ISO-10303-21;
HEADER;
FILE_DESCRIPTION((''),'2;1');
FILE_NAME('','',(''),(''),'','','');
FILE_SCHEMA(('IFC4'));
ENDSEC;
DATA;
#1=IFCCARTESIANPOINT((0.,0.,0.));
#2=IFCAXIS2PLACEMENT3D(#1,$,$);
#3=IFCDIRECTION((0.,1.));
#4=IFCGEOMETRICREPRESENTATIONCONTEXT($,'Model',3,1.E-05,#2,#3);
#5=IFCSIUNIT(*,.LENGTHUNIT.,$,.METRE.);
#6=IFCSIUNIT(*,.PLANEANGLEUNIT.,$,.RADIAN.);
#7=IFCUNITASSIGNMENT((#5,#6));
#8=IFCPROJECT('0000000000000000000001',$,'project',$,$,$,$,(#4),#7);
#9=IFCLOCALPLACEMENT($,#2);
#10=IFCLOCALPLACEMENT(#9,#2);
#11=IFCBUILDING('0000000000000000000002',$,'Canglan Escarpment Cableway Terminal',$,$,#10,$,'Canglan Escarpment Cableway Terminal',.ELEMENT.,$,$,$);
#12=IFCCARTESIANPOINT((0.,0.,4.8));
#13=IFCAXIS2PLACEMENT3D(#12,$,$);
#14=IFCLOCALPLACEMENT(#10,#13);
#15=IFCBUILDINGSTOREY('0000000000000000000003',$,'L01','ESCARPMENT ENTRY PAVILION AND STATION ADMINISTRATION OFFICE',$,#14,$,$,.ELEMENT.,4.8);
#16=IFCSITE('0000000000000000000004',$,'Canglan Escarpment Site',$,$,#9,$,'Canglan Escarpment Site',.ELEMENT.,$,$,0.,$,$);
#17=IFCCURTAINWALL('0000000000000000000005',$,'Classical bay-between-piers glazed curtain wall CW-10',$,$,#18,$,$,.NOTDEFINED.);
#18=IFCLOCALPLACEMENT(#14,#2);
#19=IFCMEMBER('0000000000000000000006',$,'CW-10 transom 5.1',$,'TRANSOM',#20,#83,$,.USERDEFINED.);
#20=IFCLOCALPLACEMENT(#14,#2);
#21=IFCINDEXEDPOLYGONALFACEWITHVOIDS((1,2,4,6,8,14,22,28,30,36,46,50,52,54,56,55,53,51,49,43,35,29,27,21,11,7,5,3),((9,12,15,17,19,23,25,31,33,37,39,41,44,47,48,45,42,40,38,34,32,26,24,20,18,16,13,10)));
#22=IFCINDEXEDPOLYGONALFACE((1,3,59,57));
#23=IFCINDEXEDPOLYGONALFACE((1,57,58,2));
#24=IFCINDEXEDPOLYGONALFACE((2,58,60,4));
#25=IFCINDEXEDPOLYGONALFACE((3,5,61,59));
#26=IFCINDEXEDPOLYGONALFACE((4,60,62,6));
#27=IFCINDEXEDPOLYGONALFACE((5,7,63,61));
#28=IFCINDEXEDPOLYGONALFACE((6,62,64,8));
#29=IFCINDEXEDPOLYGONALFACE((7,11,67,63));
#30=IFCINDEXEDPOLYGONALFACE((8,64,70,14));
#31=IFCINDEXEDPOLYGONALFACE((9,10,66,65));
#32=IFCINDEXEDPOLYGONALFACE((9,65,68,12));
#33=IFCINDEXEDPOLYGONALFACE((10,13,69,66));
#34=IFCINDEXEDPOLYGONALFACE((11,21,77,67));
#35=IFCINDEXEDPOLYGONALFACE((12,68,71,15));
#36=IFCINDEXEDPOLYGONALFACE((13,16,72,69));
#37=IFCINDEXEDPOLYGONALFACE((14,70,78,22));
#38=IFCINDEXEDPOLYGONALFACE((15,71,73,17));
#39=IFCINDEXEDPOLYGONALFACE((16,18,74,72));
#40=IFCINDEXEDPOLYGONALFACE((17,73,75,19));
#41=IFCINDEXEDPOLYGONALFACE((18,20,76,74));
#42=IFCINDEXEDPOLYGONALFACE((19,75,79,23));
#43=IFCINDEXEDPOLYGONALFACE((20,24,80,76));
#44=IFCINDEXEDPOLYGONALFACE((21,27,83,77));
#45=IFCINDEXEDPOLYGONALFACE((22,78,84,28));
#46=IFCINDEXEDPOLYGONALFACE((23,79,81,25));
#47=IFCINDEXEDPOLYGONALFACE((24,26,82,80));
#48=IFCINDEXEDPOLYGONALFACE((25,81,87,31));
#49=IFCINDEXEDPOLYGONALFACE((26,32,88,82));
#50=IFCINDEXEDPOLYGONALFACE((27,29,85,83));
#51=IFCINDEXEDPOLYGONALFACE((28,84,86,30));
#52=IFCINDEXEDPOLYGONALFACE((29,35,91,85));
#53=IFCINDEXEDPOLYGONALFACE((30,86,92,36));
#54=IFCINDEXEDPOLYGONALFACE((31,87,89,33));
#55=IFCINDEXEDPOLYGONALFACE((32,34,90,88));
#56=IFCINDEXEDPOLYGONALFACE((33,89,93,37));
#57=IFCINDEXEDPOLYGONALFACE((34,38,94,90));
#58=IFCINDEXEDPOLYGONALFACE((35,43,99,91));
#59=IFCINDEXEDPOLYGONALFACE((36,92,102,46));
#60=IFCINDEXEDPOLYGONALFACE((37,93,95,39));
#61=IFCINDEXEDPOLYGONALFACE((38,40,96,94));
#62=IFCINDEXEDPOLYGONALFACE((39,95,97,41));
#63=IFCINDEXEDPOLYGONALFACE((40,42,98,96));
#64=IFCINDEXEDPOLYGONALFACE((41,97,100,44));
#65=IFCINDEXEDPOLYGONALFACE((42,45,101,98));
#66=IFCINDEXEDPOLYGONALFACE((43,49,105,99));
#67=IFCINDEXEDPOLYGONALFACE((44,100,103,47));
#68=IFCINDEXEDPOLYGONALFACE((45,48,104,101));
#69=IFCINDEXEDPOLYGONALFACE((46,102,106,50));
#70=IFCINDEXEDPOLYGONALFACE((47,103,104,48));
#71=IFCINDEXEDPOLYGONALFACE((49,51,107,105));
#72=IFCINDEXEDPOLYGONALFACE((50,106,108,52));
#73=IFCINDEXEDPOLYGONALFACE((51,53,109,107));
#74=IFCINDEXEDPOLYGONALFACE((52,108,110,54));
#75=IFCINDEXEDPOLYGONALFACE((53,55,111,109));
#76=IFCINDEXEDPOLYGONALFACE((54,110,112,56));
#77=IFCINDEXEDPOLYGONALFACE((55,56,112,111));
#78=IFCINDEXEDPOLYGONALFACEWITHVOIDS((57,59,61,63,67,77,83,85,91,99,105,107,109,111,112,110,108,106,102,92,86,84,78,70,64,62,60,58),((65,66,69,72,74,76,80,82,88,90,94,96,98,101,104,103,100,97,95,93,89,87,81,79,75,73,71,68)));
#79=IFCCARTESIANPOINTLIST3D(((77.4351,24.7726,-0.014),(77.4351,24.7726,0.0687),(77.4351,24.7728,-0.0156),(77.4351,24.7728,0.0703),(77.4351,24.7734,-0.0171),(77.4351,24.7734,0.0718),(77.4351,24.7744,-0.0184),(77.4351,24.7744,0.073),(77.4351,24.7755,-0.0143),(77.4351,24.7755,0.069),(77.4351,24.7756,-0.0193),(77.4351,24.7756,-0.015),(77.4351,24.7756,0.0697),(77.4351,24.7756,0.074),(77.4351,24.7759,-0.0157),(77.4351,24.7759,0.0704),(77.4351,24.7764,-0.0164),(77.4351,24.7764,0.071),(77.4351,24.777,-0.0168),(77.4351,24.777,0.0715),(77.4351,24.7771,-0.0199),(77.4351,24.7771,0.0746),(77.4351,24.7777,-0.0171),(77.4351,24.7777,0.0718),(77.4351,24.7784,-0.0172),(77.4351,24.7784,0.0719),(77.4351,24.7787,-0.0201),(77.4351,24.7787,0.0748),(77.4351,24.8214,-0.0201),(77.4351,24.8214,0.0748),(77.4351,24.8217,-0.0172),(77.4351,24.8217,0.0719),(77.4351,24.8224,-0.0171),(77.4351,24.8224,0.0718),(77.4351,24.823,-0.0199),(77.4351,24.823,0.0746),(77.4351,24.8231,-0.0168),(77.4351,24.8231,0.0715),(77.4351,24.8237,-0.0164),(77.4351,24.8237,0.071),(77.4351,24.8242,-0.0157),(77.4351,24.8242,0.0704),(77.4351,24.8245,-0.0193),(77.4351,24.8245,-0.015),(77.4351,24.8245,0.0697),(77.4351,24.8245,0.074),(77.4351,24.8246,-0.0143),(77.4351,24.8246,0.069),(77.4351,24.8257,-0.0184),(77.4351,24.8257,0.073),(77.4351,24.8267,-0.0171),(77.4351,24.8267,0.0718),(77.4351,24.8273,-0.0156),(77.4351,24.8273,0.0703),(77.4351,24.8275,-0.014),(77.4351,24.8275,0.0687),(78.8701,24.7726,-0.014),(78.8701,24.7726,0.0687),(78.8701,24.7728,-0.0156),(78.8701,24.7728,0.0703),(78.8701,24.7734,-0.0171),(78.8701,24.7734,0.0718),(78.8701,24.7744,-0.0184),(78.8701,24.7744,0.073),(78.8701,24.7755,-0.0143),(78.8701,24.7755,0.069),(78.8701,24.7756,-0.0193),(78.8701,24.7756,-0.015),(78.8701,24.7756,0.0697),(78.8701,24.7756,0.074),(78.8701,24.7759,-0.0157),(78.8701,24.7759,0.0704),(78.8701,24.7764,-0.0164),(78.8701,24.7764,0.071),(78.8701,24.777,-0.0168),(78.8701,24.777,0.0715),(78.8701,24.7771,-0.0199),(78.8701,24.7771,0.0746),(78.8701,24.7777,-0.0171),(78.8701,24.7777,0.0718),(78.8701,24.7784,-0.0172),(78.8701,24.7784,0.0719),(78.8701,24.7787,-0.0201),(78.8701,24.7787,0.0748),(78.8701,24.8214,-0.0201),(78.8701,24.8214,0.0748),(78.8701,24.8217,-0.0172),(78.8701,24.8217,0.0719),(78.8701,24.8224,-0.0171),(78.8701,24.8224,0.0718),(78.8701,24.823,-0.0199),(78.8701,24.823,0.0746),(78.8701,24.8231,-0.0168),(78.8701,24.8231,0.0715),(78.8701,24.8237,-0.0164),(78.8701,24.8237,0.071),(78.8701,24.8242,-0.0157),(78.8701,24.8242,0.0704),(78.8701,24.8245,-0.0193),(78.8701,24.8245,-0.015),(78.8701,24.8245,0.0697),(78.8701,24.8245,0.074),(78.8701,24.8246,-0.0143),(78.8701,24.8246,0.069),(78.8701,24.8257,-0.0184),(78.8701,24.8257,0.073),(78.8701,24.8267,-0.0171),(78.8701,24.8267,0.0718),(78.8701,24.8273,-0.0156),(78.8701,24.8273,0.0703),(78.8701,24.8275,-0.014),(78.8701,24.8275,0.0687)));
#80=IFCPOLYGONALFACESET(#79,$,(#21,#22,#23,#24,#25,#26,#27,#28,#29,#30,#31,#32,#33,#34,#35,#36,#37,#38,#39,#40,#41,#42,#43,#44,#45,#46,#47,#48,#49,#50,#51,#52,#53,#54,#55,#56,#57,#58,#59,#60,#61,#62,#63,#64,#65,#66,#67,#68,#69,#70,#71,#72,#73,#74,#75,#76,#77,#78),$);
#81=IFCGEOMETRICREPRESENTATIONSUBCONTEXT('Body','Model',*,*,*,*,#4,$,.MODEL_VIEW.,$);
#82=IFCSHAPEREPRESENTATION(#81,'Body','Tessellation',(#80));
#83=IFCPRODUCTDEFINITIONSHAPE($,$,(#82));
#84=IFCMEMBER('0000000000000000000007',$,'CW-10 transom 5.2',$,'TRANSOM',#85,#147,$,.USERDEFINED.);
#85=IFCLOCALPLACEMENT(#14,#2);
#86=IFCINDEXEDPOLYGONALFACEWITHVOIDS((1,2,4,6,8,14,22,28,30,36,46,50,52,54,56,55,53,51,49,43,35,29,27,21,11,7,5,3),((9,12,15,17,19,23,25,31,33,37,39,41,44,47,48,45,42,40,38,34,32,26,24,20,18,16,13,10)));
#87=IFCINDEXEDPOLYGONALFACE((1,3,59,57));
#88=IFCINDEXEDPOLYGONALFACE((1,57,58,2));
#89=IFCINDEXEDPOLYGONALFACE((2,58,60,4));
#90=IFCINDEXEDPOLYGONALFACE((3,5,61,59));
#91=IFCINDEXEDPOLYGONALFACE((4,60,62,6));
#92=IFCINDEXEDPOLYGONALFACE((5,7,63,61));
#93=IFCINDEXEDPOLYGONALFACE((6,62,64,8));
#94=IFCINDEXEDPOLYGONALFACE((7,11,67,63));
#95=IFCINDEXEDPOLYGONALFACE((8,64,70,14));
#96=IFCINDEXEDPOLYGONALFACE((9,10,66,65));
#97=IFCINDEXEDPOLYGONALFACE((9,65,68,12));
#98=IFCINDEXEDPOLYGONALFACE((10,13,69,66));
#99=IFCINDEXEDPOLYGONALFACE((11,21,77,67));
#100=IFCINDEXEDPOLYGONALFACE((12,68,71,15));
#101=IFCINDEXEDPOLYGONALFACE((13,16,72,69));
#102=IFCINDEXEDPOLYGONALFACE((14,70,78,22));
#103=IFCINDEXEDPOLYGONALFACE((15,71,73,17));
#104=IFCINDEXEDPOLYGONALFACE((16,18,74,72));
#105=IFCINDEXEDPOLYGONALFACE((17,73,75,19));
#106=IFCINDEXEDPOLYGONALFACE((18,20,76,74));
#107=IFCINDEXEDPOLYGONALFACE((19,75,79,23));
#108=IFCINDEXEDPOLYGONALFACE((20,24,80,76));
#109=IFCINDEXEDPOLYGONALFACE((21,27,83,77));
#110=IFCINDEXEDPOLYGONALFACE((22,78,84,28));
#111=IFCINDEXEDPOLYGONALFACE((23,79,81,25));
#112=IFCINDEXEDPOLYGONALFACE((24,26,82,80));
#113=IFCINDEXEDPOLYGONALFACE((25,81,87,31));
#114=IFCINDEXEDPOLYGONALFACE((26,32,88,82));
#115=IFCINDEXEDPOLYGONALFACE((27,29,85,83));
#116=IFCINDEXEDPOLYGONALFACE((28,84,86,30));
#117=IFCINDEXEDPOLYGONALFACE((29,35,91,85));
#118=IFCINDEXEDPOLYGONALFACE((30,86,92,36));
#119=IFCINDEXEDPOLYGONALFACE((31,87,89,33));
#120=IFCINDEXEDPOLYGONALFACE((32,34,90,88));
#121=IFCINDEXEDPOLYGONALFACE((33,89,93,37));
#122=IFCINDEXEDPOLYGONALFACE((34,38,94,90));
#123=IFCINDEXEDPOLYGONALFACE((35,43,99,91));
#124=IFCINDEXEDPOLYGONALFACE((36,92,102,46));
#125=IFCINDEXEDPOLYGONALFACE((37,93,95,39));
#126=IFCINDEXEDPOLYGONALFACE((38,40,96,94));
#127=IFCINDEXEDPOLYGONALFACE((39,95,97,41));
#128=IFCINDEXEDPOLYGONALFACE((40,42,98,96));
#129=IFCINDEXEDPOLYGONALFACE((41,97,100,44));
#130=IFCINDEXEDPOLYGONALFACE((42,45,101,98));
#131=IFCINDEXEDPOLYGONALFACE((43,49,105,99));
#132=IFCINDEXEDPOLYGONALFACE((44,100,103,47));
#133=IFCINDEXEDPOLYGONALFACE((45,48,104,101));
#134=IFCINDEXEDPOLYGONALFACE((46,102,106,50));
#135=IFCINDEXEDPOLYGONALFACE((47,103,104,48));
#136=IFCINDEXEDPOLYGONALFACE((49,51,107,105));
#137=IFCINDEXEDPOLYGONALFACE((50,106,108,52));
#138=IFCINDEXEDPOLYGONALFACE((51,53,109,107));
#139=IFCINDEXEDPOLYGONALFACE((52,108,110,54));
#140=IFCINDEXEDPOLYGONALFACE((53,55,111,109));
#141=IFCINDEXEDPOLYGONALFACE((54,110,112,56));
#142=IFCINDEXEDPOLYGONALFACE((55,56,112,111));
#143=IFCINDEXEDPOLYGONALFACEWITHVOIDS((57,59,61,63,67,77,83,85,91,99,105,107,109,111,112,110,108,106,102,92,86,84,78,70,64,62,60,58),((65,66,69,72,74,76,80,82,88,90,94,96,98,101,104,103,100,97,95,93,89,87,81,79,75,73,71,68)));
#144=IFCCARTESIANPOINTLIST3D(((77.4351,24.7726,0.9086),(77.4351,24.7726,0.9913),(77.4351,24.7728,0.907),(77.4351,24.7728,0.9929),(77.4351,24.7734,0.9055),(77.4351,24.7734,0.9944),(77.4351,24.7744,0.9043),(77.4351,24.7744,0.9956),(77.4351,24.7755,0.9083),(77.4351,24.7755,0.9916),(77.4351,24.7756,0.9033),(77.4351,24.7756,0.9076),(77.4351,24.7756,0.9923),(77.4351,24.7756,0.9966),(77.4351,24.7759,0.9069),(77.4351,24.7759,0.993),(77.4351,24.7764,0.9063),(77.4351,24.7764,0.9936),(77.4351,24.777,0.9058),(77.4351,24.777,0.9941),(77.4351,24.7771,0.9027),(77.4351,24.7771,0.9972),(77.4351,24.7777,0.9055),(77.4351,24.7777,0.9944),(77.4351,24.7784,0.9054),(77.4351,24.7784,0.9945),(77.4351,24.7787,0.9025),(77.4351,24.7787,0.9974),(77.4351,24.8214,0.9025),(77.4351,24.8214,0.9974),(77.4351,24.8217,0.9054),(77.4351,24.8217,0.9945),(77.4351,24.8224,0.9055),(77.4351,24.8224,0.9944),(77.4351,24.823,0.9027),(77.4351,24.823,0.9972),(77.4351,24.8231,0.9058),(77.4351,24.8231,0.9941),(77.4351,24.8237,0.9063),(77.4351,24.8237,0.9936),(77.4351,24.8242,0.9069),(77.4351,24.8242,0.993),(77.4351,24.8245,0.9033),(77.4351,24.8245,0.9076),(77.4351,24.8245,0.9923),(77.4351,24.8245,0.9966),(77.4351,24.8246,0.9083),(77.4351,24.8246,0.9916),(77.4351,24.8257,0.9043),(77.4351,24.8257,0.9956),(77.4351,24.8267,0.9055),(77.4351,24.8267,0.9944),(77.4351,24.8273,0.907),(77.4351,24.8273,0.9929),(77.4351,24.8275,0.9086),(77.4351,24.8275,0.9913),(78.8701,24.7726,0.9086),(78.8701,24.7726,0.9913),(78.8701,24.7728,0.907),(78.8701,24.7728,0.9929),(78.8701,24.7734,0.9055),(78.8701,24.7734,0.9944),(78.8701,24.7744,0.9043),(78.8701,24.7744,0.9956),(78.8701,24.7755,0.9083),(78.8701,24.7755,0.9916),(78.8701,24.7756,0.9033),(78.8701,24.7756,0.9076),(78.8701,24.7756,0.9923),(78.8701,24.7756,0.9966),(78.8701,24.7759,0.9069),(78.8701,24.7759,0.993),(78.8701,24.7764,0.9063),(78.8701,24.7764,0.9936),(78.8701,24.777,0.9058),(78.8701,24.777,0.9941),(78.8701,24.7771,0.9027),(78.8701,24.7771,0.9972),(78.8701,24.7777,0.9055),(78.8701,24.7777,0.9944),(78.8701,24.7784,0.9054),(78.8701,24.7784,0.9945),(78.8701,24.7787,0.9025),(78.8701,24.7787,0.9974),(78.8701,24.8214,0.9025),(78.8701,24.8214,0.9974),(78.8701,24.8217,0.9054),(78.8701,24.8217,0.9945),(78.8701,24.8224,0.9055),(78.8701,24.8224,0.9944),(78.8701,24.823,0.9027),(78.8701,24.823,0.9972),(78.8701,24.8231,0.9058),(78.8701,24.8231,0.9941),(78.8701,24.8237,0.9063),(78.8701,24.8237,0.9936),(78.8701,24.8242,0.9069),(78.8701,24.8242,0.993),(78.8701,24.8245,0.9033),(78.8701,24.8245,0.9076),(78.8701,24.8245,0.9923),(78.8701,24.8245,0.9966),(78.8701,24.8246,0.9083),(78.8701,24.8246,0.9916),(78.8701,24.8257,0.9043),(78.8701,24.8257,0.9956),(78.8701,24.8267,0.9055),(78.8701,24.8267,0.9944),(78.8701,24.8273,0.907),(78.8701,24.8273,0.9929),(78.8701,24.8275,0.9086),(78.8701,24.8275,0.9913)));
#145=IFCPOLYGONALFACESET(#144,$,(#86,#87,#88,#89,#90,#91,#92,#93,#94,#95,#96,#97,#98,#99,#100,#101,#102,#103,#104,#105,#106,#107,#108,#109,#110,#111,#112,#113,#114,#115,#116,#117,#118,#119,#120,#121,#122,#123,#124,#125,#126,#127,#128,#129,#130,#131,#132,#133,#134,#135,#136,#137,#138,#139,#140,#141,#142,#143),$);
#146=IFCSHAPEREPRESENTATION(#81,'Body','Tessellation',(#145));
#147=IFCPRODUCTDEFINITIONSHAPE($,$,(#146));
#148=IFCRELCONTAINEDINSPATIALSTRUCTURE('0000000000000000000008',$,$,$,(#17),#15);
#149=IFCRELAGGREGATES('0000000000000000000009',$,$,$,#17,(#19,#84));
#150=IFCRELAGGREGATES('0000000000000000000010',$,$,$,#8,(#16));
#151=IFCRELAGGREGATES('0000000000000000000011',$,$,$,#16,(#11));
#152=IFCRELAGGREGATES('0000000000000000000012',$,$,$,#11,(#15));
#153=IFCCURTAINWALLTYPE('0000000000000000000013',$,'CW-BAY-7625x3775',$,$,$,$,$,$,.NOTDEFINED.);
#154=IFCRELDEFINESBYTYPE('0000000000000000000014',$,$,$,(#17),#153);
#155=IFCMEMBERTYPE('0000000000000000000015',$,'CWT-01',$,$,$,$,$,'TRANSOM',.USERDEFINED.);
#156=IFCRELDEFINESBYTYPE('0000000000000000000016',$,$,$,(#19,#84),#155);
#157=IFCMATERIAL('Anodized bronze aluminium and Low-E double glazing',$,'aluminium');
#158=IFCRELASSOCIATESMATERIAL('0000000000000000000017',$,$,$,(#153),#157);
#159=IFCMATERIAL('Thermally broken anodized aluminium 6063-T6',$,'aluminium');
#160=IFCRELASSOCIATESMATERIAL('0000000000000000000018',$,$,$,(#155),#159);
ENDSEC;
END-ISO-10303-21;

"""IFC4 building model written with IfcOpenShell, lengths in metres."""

from ifc_helpers import new_model, si_unit, direction, frame, origin, origin_2d, place, context, subcontext, project, spatial, hollow_rectangle, extrude, material, material_profile, profile_set, type_object, element, aggregate, save


model = new_model("IFC4")

# Units and contexts
model_context = context("Model", 3, precision=1e-05, world=origin(), true_north=direction((0.0, 1.0)))
body_context = subcontext(model_context, "Body", "Model", "MODEL_VIEW")
ifc_project = project(units=[si_unit("LENGTHUNIT", "METRE"), si_unit("PLANEANGLEUNIT", "RADIAN")], contexts=[model_context])

# Site, building, storey
site_placement = place(None, origin())
site = spatial("IfcSite", under=ifc_project, at=site_placement, Name="Canglan Escarpment Site", LongName="Canglan Escarpment Site", CompositionType="ELEMENT", RefElevation=0.0)
building_placement = place(site_placement, origin())
building = spatial("IfcBuilding", under=site, at=building_placement, Name="Canglan Escarpment Cableway Terminal", LongName="Canglan Escarpment Cableway Terminal", CompositionType="ELEMENT")
storey_placement = place(building_placement, frame((0.0, 0.0, 4.8)))
storey = spatial("IfcBuildingStorey", under=building, at=storey_placement, Name="L01", Description="ESCARPMENT ENTRY PAVILION AND STATION ADMINISTRATION OFFICE", CompositionType="ELEMENT", Elevation=4.8)

# Curtain wall, members
ifc_material_1 = material(Name="Anodized bronze aluminium and Low-E double glazing", Category="aluminium")
curtain_wall_type = type_object("IfcCurtainWallType", Name="CW-BAY-7625x3775", PredefinedType="NOTDEFINED", material=ifc_material_1)
curtain_wall_placement = place(storey_placement, origin())
curtain_wall = element("IfcCurtainWall", 1, at=curtain_wall_placement, inside=storey, type_object=curtain_wall_type, Name="Classical bay-between-piers glazed curtain wall CW-10", PredefinedType="NOTDEFINED")
ifc_material_2 = material(Name="Thermally broken anodized aluminium 6063-T6", Category="aluminium")
ifc_material_profile_1 = material_profile(ifc_material_2, hollow_rectangle(XDim=0.0549, YDim=0.095, WallThickness=0.0029, InnerFilletRadius=0.0029, OuterFilletRadius=0.0061, at=origin_2d()), Name="ALU-TRAN 55x95x3")
ifc_profile_set_1 = profile_set([ifc_material_profile_1], Name="Thermally broken anodized aluminium 6063-T6")
member_type_1 = type_object("IfcMemberType", Name="CWT-01", ElementType="TRANSOM", PredefinedType="USERDEFINED", material=ifc_profile_set_1)
member_1_placement = place(storey_placement, frame((78.8701, 24.8, 0.0273), z_axis=(-1.0, 0.0, 0.0), x_axis=(0.0, -1.0, 0.0)))
member_1 = element("IfcMember", 2, at=member_1_placement, type_object=member_type_1, Name="CW-10 transom 5.1", ObjectType="TRANSOM", PredefinedType="USERDEFINED", context=body_context, shape_type="SweptSolid", body=[
    extrude(hollow_rectangle(XDim=0.0549, YDim=0.095, WallThickness=0.0029, InnerFilletRadius=0.0029, OuterFilletRadius=0.0061, at=origin_2d()), origin(), (0.0, 0.0, 1.0), 1.4351),
])
member_2_placement = place(storey_placement, frame((78.8701, 24.8, 0.95), z_axis=(-1.0, 0.0, 0.0), x_axis=(0.0, -1.0, 0.0)))
member_2 = element("IfcMember", 3, at=member_2_placement, type_object=member_type_1, Name="CW-10 transom 5.2", ObjectType="TRANSOM", PredefinedType="USERDEFINED", context=body_context, shape_type="SweptSolid", body=[
    extrude(hollow_rectangle(XDim=0.0549, YDim=0.095, WallThickness=0.0029, InnerFilletRadius=0.0029, OuterFilletRadius=0.0061, at=origin_2d()), origin(), (0.0, 0.0, 1.0), 1.4351),
])
aggregate(curtain_wall, [member_1, member_2])

save(model, "model.ifc")
